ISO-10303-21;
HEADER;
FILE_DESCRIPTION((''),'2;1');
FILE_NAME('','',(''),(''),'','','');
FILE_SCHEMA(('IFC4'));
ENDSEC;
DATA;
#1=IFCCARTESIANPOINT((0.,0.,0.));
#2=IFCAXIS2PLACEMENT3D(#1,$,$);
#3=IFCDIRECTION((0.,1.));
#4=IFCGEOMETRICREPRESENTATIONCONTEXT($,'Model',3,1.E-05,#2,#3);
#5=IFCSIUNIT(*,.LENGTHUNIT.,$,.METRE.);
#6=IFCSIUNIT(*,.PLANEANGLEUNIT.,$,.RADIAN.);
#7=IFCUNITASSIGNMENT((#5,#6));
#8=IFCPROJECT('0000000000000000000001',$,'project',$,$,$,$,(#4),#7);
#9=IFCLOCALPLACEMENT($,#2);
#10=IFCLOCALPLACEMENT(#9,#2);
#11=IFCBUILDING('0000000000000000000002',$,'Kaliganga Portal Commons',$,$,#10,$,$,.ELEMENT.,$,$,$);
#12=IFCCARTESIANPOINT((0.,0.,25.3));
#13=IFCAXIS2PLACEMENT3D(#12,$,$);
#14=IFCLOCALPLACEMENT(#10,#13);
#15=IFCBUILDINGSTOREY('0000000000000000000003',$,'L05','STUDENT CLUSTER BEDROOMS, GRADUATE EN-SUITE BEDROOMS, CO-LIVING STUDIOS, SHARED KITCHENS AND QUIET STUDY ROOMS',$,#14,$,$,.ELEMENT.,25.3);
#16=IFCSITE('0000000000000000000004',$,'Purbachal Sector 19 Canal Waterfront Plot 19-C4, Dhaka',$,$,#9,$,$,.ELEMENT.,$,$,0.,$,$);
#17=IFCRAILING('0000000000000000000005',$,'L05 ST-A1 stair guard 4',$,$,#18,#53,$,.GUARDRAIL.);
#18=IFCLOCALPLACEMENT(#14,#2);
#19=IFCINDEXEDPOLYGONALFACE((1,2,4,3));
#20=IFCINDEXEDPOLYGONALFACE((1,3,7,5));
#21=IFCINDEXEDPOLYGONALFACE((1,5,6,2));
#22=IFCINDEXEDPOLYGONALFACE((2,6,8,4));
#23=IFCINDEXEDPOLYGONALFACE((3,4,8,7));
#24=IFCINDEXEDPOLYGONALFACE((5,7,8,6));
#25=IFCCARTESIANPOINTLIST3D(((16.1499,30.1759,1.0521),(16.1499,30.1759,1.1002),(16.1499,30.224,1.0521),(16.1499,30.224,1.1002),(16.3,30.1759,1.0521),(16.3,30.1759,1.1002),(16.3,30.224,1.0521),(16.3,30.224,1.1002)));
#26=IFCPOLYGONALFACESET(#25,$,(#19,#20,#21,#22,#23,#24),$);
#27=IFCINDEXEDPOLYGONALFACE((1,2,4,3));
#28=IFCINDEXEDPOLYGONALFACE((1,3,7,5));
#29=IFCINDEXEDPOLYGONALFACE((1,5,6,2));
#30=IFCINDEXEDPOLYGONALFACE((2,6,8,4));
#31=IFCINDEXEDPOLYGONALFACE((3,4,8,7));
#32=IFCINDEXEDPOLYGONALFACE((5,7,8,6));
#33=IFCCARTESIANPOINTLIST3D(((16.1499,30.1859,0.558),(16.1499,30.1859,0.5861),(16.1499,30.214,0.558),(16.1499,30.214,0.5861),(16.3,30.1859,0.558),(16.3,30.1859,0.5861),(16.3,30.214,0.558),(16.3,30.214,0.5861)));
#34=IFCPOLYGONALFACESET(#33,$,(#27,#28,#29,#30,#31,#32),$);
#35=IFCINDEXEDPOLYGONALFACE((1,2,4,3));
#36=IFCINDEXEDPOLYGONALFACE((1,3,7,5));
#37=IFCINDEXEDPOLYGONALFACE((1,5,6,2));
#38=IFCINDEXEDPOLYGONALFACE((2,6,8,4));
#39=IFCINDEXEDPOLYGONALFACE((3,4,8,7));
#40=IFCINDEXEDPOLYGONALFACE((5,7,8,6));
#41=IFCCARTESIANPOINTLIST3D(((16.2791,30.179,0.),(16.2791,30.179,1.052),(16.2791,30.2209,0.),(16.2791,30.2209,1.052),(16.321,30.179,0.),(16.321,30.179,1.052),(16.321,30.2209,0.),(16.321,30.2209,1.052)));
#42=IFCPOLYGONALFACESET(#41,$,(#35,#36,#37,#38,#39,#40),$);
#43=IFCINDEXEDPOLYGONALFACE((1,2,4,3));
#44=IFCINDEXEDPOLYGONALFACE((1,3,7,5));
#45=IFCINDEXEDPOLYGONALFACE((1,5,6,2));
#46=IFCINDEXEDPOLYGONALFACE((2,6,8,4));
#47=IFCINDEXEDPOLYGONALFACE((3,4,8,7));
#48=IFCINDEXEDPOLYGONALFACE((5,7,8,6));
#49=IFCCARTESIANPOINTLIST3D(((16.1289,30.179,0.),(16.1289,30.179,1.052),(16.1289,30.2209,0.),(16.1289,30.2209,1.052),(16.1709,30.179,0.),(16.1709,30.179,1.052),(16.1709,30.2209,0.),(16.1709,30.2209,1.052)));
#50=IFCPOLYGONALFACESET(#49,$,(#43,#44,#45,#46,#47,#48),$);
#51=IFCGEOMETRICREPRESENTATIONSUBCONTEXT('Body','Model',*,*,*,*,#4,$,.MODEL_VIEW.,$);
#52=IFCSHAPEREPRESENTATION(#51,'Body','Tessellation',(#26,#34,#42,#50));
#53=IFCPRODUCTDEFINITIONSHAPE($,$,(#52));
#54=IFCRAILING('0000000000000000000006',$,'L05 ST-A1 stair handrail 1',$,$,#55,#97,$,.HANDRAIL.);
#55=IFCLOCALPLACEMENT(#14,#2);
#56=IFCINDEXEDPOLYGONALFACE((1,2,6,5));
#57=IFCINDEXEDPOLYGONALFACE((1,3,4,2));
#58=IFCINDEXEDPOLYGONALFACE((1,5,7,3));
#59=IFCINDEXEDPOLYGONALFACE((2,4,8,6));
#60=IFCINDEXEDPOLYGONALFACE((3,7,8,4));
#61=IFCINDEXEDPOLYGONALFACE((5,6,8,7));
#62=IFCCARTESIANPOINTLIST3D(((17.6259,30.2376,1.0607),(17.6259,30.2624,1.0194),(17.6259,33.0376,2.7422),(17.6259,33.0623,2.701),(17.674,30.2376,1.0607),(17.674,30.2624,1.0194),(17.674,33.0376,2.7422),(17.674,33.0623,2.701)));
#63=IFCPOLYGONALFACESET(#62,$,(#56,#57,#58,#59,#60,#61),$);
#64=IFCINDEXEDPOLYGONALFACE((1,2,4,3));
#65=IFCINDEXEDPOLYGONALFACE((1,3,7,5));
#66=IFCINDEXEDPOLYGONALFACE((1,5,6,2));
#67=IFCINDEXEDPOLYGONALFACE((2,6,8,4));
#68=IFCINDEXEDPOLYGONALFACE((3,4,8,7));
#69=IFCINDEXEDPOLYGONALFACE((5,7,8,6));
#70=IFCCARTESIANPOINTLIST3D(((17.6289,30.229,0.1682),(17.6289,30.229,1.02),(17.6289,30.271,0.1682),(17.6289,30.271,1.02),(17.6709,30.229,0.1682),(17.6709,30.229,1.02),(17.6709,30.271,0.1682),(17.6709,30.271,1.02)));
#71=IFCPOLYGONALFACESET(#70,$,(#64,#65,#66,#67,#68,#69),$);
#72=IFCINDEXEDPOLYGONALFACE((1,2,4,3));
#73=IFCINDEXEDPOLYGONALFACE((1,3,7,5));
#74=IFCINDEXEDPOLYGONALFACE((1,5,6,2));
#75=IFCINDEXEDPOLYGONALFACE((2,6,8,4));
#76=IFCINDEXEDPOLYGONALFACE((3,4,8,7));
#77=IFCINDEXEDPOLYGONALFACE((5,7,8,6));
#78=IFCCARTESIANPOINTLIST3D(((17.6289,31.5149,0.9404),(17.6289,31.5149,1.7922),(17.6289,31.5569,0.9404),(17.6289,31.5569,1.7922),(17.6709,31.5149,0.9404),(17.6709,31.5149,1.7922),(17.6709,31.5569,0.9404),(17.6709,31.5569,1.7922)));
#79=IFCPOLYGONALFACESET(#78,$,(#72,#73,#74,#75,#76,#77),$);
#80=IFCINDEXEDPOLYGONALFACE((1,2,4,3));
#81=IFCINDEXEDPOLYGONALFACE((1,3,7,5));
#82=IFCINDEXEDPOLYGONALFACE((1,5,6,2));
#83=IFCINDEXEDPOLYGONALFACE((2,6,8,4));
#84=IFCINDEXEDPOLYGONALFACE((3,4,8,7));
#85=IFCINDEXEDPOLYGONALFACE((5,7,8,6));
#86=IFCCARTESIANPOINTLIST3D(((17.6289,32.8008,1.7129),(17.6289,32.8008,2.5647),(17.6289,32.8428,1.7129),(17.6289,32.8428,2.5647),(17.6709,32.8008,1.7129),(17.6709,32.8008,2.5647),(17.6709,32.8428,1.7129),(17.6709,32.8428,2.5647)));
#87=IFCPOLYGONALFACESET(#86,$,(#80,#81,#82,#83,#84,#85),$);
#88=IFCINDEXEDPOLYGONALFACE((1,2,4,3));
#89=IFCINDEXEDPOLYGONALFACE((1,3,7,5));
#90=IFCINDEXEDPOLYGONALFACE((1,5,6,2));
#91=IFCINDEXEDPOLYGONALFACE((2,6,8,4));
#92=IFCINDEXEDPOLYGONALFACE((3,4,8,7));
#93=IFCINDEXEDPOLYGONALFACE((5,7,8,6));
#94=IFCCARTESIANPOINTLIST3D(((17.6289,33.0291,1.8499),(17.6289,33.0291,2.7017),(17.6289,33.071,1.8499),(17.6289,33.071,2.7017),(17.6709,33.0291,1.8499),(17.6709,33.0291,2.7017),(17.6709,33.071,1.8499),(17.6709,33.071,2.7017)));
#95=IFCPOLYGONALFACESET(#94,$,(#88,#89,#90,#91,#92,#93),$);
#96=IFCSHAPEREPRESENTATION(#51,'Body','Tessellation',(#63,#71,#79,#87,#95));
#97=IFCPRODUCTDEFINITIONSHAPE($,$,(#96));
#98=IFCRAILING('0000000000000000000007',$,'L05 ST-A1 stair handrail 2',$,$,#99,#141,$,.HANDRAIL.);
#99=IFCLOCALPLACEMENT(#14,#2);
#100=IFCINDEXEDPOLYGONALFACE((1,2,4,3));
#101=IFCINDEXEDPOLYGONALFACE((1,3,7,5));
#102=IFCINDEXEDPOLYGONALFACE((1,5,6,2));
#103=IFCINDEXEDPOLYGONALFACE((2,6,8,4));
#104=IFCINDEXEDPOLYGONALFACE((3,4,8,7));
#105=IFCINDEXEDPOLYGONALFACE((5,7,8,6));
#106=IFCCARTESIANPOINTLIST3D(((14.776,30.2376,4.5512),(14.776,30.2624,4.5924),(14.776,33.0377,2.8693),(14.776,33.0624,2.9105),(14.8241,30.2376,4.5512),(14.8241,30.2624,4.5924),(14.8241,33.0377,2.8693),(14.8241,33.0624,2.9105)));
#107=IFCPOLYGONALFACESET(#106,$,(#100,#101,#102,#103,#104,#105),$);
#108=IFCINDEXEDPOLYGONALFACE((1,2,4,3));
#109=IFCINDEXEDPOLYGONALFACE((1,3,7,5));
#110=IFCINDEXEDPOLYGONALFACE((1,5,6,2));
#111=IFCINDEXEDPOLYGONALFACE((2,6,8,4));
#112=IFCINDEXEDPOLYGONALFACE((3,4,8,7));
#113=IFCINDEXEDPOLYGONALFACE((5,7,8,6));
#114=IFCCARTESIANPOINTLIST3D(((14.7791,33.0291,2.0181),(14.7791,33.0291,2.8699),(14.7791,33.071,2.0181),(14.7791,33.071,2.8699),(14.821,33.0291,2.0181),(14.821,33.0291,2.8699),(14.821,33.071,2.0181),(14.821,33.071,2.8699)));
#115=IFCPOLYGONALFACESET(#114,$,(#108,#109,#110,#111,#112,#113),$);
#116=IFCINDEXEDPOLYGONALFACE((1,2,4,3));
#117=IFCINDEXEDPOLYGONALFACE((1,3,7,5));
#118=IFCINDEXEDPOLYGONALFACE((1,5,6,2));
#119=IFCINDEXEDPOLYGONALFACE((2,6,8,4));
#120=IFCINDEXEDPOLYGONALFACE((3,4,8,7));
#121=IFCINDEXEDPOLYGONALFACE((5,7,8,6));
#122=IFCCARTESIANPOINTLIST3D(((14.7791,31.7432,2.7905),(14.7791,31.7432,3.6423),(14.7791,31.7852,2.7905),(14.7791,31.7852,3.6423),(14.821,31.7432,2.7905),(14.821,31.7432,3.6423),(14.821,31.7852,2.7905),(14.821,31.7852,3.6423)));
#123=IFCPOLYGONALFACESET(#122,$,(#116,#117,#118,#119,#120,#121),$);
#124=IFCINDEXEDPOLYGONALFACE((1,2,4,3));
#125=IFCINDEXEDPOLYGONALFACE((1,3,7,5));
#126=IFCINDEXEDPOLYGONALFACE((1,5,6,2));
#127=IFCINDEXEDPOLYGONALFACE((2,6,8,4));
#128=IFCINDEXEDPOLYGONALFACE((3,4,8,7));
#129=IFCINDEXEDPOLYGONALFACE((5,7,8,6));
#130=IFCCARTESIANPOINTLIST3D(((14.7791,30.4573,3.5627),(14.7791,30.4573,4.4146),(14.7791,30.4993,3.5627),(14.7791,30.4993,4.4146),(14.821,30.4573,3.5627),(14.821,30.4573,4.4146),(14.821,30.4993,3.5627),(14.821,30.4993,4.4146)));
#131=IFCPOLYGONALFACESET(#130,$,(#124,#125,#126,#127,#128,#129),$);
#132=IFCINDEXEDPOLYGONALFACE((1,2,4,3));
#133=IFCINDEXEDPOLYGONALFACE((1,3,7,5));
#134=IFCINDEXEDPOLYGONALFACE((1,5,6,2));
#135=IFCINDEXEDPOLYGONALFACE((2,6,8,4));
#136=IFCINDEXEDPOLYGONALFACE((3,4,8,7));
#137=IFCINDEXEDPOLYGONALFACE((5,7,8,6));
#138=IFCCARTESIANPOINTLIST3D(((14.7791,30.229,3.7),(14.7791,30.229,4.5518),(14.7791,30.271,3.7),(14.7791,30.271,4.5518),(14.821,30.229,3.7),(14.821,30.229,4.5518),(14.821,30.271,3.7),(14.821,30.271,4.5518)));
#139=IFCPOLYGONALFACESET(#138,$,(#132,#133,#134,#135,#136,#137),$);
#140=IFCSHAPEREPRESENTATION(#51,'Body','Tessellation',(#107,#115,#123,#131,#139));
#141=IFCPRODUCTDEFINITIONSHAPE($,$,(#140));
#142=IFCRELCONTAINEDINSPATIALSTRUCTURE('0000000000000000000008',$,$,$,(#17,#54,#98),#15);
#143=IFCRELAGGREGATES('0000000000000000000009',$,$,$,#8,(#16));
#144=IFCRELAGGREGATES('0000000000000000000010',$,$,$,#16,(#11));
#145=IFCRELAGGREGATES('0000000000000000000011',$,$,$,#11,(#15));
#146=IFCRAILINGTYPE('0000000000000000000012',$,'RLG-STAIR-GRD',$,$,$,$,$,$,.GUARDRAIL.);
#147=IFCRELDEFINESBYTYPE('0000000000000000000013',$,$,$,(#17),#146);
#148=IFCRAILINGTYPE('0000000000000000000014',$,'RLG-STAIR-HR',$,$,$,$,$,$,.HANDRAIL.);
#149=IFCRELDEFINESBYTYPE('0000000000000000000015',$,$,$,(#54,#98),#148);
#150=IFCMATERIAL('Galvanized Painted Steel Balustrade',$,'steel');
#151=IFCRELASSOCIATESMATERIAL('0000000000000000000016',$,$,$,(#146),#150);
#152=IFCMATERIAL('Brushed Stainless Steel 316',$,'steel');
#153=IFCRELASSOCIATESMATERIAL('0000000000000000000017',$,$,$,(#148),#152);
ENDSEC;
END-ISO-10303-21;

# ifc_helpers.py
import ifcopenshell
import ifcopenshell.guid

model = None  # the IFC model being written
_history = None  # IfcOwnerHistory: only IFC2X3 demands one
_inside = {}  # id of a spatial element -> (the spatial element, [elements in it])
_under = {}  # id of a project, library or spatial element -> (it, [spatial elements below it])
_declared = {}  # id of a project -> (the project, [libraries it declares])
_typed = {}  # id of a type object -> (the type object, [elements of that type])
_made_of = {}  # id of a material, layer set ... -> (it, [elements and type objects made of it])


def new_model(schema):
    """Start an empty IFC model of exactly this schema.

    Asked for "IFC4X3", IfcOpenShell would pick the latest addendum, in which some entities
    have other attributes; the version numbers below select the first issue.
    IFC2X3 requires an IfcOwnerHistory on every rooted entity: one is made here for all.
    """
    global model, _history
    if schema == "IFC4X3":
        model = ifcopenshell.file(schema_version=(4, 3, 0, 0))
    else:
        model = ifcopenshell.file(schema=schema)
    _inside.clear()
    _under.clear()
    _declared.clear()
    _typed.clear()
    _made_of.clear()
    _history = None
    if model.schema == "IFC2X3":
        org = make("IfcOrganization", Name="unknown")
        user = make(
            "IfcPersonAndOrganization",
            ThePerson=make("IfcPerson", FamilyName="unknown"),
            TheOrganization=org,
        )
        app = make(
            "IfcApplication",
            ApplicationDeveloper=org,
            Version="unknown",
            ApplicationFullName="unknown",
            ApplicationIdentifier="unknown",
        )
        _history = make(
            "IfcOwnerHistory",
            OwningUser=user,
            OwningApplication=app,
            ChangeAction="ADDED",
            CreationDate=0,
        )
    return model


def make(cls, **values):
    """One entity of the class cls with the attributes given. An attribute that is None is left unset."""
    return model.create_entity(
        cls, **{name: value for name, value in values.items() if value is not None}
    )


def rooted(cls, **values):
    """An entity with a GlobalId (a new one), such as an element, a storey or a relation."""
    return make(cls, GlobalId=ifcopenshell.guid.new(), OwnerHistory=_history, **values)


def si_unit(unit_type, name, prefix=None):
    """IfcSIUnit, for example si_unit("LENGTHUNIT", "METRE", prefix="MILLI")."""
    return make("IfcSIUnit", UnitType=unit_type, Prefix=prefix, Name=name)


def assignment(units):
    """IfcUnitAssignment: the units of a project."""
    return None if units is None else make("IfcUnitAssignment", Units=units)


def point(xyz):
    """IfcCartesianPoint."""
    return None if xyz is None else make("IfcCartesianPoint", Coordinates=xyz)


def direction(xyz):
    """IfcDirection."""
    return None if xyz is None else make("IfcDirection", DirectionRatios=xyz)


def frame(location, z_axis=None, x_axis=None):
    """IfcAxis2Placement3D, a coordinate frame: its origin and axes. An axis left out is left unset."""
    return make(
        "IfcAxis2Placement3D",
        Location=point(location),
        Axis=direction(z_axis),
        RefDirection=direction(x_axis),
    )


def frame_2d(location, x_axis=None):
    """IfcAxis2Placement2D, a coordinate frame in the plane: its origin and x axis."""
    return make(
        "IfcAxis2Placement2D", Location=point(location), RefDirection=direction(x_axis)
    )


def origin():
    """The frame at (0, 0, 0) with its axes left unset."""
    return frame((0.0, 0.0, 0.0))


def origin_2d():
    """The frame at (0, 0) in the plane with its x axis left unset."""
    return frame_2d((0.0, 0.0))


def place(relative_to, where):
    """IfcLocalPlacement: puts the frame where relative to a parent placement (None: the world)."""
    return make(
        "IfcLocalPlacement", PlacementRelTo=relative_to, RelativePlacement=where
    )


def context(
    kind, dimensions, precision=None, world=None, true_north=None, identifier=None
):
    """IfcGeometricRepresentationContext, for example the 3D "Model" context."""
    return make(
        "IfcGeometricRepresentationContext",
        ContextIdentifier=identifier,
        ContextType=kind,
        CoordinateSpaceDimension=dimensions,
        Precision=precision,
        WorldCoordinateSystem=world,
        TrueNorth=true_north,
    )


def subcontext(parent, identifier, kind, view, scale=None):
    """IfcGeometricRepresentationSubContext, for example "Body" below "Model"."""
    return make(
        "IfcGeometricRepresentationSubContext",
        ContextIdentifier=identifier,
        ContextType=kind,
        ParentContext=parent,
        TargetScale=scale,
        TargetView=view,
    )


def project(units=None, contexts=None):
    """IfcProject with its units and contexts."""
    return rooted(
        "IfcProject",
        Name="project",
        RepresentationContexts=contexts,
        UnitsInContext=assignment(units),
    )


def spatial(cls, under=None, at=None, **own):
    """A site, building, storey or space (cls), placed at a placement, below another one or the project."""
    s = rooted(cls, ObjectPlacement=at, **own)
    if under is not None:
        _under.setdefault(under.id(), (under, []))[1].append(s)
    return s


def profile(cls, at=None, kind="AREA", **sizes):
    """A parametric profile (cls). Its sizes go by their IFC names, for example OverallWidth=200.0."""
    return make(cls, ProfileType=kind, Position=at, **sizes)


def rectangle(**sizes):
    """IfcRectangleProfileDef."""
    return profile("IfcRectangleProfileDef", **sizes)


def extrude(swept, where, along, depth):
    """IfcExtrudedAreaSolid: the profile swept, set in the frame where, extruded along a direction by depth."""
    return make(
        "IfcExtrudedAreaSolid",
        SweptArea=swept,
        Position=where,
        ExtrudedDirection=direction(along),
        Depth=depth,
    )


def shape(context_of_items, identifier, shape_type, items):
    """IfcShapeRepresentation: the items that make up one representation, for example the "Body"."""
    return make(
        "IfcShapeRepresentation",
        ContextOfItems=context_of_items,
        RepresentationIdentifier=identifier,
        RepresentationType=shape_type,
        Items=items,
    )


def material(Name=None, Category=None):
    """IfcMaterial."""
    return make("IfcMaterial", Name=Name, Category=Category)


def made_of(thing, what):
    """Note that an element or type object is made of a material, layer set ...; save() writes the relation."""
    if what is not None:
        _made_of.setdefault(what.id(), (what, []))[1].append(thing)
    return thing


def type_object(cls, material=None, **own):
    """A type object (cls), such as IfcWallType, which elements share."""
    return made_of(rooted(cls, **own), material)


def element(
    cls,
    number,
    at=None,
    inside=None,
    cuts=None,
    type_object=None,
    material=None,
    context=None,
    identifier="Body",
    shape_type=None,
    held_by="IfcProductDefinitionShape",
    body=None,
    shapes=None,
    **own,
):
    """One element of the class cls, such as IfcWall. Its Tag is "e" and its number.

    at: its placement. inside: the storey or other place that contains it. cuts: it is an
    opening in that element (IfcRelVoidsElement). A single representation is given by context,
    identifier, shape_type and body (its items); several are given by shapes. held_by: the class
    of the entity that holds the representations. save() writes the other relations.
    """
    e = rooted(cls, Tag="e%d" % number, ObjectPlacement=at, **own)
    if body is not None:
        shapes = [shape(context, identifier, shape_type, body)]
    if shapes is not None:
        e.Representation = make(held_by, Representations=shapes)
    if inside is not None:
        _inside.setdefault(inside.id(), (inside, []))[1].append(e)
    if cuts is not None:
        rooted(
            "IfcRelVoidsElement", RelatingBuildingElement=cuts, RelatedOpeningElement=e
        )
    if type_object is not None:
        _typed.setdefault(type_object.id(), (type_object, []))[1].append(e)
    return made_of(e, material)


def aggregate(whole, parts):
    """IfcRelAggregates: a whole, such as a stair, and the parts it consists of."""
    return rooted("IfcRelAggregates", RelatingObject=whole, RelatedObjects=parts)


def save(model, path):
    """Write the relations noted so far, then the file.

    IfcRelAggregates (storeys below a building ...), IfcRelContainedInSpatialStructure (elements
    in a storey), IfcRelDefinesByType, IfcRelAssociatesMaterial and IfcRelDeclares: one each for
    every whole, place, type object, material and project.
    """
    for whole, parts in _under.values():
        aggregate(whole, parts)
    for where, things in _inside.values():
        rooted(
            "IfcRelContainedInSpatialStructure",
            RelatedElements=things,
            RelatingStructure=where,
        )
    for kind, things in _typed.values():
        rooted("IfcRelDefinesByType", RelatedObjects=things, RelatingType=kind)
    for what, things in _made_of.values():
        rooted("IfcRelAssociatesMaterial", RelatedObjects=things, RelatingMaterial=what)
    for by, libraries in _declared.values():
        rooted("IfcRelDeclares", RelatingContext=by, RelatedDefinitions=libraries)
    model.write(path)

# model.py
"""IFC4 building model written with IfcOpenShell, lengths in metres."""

from ifc_helpers import new_model, si_unit, direction, frame, origin, origin_2d, place, context, subcontext, project, spatial, rectangle, extrude, material, type_object, element, save


model = new_model("IFC4")

# Units and contexts
model_context = context("Model", 3, precision=1e-05, world=origin(), true_north=direction((0.0, 1.0)))
body_context = subcontext(model_context, "Body", "Model", "MODEL_VIEW")
ifc_project = project(units=[si_unit("LENGTHUNIT", "METRE"), si_unit("PLANEANGLEUNIT", "RADIAN")], contexts=[model_context])

# Site, building, storey
site_placement = place(None, origin())
site = spatial("IfcSite", under=ifc_project, at=site_placement, Name="Purbachal Sector 19 Canal Waterfront Plot 19-C4, Dhaka", CompositionType="ELEMENT", RefElevation=0.0)
building_placement = place(site_placement, origin())
building = spatial("IfcBuilding", under=site, at=building_placement, Name="Kaliganga Portal Commons", CompositionType="ELEMENT")
storey_placement = place(building_placement, frame((0.0, 0.0, 25.3)))
storey = spatial("IfcBuildingStorey", under=building, at=storey_placement, Name="L05", Description="STUDENT CLUSTER BEDROOMS, GRADUATE EN-SUITE BEDROOMS, CO-LIVING STUDIOS, SHARED KITCHENS AND QUIET STUDY ROOMS", CompositionType="ELEMENT", Elevation=25.3)

# Railings
ifc_material_1 = material(Name="Galvanized Painted Steel Balustrade", Category="steel")
railing_type_1 = type_object("IfcRailingType", Name="RLG-STAIR-GRD", PredefinedType="GUARDRAIL", material=ifc_material_1)
railing_1_placement = place(storey_placement, frame((16.3, 30.2, 0.0)))
element("IfcRailing", 1, at=railing_1_placement, inside=storey, type_object=railing_type_1, Name="L05 ST-A1 stair guard 4", PredefinedType="GUARDRAIL", context=body_context, shape_type="SweptSolid", body=[
    extrude(rectangle(XDim=0.0481, YDim=0.0481, at=origin_2d()), frame((0.0, 0.0, 1.0762), z_axis=(-1.0, 0.0, 0.0), x_axis=(0.0, -1.0, 0.0)), (0.0, 0.0, 1.0), 0.1501),
    extrude(rectangle(XDim=0.0281, YDim=0.0281, at=origin_2d()), frame((0.0, 0.0, 0.572), z_axis=(-1.0, 0.0, 0.0), x_axis=(0.0, -1.0, 0.0)), (0.0, 0.0, 1.0), 0.1501),
    extrude(rectangle(XDim=0.042, YDim=0.042, at=origin_2d()), origin(), (0.0, 0.0, 1.0), 1.052),
    extrude(rectangle(XDim=0.042, YDim=0.042, at=origin_2d()), frame((-0.1501, 0.0, 0.0)), (0.0, 0.0, 1.0), 1.052),
])
ifc_material_2 = material(Name="Brushed Stainless Steel 316", Category="steel")
railing_type_2 = type_object("IfcRailingType", Name="RLG-STAIR-HR", PredefinedType="HANDRAIL", material=ifc_material_2)
railing_2_placement = place(storey_placement, frame((17.6499, 30.25, 0.1682)))
element("IfcRailing", 2, at=railing_2_placement, inside=storey, type_object=railing_type_2, Name="L05 ST-A1 stair handrail 1", PredefinedType="HANDRAIL", context=body_context, shape_type="SweptSolid", body=[
    extrude(rectangle(XDim=0.0481, YDim=0.0481, at=origin_2d()), frame((0.0, 0.0, 0.8718), z_axis=(0.0, 0.857275, 0.514858), x_axis=(-1.0, 0.0, 0.0)), (0.0, 0.0, 1.0), 3.2661),
    extrude(rectangle(XDim=0.042, YDim=0.042, at=origin_2d()), origin(), (0.0, 0.0, 1.0), 0.8518),
    extrude(rectangle(XDim=0.042, YDim=0.042, at=origin_2d()), frame((0.0, 1.2859, 0.7722)), (0.0, 0.0, 1.0), 0.8518),
    extrude(rectangle(XDim=0.042, YDim=0.042, at=origin_2d()), frame((0.0, 2.5718, 1.5447)), (0.0, 0.0, 1.0), 0.8518),
    extrude(rectangle(XDim=0.042, YDim=0.042, at=origin_2d()), frame((0.0, 2.8, 1.6816)), (0.0, 0.0, 1.0), 0.8518),
])
railing_3_placement = place(storey_placement, frame((14.8, 33.05, 2.0181)))
element("IfcRailing", 3, at=railing_3_placement, inside=storey, type_object=railing_type_2, Name="L05 ST-A1 stair handrail 2", PredefinedType="HANDRAIL", context=body_context, shape_type="SweptSolid", body=[
    extrude(rectangle(XDim=0.0481, YDim=0.0481, at=origin_2d()), frame((0.0, 0.0, 0.8718), z_axis=(0.0, -0.857242, 0.514913), x_axis=(1.0, 0.0, 0.0)), (0.0, 0.0, 1.0), 3.2664),
    extrude(rectangle(XDim=0.042, YDim=0.042, at=origin_2d()), origin(), (0.0, 0.0, 1.0), 0.8518),
    extrude(rectangle(XDim=0.042, YDim=0.042, at=origin_2d()), frame((0.0, -1.2859, 0.7725)), (0.0, 0.0, 1.0), 0.8518),
    extrude(rectangle(XDim=0.042, YDim=0.042, at=origin_2d()), frame((0.0, -2.5718, 1.5447)), (0.0, 0.0, 1.0), 0.8518),
    extrude(rectangle(XDim=0.042, YDim=0.042, at=origin_2d()), frame((0.0, -2.8, 1.6819)), (0.0, 0.0, 1.0), 0.8518),
])

save(model, "model.ifc")
